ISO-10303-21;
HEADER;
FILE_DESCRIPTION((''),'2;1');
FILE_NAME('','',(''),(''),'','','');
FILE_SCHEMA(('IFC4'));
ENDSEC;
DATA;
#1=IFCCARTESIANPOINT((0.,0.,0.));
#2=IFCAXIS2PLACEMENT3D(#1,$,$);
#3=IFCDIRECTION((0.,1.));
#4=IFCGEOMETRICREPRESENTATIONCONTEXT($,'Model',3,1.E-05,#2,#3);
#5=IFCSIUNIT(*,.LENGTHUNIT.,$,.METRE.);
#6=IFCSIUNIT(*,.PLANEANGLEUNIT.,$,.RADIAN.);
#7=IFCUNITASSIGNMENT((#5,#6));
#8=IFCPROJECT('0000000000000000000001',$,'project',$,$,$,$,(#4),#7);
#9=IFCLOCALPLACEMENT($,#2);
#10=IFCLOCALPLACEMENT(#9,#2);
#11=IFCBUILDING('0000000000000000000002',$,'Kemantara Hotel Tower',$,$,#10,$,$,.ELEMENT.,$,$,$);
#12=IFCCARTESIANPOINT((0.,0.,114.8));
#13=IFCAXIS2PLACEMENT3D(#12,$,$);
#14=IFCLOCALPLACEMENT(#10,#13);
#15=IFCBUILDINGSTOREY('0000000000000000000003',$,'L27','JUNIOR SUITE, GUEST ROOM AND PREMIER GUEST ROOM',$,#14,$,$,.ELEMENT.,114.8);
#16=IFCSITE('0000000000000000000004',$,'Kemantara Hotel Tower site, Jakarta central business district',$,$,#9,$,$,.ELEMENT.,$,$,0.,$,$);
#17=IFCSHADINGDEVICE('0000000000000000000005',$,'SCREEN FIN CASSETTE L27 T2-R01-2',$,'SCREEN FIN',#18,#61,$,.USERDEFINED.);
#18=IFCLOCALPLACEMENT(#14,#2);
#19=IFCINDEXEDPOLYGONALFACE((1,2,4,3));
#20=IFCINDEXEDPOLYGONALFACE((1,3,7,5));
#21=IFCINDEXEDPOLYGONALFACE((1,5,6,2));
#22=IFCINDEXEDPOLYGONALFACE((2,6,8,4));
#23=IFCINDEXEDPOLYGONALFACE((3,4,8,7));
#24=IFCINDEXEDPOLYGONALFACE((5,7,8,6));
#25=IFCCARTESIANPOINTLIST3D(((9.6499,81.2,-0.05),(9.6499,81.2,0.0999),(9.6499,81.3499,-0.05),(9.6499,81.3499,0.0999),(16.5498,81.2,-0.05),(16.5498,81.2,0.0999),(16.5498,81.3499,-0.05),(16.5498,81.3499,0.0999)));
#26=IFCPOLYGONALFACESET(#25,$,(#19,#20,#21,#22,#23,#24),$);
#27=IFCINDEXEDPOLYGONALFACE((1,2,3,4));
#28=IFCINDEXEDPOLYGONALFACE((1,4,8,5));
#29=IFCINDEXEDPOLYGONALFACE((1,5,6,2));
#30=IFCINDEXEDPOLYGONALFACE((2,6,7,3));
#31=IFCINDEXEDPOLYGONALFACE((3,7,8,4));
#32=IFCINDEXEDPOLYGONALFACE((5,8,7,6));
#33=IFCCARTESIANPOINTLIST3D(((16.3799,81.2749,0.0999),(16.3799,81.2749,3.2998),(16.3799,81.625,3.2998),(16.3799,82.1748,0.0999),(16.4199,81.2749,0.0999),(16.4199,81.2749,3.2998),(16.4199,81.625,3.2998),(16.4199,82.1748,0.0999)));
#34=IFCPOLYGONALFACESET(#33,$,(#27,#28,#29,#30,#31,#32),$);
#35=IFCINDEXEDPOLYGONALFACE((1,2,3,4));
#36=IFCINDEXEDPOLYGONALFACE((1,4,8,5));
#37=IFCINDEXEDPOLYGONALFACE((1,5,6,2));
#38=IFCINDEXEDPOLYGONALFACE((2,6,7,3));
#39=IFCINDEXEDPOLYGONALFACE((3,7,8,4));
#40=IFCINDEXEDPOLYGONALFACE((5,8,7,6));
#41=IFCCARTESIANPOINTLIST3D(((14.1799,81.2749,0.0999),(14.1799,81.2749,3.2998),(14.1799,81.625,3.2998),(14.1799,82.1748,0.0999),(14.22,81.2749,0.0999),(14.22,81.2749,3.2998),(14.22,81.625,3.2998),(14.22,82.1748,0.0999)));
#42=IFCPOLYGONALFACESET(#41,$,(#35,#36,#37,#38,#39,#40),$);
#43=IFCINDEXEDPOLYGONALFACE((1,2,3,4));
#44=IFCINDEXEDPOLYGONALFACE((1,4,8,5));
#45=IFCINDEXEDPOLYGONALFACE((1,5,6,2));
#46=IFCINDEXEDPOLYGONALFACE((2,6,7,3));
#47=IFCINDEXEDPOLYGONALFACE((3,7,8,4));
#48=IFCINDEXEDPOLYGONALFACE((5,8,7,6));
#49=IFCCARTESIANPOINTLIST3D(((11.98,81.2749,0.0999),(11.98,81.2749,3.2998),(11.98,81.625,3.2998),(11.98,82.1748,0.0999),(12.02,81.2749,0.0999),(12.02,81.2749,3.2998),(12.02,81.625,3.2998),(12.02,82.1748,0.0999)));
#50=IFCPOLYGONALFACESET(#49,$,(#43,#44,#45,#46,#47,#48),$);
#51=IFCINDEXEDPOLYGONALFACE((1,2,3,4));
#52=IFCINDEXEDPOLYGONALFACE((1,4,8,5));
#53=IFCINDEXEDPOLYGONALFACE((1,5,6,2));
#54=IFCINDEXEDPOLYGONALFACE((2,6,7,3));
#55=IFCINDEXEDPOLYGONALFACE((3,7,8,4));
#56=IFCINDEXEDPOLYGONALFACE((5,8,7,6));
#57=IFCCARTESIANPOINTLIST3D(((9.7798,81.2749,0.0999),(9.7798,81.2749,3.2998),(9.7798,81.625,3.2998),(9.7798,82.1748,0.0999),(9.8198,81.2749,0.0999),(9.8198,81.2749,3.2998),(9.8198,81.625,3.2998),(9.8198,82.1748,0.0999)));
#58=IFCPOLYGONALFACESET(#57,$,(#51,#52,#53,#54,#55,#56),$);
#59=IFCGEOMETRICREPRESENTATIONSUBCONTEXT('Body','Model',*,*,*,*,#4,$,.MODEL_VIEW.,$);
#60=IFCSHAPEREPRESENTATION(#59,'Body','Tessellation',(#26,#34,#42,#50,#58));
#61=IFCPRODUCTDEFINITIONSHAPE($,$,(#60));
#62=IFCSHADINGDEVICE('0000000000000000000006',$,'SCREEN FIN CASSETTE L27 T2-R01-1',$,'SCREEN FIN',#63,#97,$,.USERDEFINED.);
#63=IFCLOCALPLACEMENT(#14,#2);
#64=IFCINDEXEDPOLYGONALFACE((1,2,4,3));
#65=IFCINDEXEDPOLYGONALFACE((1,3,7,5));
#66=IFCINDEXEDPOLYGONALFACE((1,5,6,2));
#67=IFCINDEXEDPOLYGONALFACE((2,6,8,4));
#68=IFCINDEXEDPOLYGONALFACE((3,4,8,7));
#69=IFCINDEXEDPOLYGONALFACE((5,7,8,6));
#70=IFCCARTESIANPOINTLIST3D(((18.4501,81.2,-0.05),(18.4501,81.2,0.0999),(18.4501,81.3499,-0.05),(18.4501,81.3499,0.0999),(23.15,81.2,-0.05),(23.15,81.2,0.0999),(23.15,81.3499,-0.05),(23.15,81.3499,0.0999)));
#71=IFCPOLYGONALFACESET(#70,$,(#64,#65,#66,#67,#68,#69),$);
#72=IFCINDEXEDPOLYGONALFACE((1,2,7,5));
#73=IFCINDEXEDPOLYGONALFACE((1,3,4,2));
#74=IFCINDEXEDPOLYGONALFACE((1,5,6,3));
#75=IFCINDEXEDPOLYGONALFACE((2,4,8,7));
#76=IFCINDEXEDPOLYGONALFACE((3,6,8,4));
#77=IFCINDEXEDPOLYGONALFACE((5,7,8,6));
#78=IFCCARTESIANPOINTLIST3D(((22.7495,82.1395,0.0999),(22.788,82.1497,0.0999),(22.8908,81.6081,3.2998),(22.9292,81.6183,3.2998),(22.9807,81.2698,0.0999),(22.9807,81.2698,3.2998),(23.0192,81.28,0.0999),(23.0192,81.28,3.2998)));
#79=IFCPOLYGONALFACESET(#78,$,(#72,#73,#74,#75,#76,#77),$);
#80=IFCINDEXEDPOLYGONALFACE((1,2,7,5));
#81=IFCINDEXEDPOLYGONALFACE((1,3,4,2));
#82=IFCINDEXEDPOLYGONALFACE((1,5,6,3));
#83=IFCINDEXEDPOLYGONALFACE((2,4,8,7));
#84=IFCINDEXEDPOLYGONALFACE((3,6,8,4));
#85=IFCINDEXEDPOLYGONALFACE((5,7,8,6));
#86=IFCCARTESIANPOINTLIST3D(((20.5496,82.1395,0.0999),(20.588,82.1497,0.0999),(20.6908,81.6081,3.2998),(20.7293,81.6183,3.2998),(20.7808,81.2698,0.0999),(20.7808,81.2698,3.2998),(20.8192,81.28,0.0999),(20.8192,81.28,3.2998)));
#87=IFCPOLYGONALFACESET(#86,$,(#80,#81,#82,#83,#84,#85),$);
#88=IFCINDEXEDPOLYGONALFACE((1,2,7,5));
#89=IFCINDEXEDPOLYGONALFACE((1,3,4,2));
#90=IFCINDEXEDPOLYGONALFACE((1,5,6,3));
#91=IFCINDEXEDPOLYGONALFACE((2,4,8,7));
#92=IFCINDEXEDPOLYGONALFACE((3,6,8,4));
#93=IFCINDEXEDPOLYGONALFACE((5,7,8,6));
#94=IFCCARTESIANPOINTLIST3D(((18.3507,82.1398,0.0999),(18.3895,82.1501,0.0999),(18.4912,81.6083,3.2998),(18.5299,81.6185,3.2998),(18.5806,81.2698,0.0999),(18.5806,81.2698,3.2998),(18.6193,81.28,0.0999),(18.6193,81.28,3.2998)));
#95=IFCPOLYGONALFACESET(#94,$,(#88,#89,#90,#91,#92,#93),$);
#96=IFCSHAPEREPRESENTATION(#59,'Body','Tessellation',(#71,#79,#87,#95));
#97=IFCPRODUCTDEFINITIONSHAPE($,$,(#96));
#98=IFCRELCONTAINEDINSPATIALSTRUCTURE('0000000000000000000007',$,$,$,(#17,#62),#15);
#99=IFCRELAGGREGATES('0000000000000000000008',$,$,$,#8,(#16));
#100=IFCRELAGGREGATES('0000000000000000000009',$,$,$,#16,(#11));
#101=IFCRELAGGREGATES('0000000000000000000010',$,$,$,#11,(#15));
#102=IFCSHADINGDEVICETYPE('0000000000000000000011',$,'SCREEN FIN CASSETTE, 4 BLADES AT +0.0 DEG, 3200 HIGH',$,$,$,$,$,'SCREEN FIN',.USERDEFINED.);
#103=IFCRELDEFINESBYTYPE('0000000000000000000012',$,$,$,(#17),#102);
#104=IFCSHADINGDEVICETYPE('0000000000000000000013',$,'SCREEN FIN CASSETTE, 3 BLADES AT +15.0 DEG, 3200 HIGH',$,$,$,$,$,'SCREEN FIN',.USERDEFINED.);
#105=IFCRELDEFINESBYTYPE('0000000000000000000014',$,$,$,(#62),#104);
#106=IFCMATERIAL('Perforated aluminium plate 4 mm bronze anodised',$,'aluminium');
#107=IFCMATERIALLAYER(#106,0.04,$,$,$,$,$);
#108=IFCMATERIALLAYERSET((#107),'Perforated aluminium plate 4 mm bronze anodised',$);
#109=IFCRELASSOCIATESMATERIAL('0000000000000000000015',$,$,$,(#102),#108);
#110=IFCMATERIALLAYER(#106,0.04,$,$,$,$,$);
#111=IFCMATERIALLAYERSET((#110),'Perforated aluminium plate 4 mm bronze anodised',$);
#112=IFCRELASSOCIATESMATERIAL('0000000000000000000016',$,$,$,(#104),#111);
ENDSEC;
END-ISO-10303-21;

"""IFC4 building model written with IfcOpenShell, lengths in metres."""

from ifc_helpers import new_model, si_unit, direction, frame, origin, origin_2d, place, context, subcontext, project, spatial, polyline, rectangle, outline, extrude, source, transform, mapped, material, layer, layer_set, type_object, element, save


model = new_model("IFC4")

# Units and contexts
model_context = context("Model", 3, precision=1e-05, world=origin(), true_north=direction((0.0, 1.0)))
body_context = subcontext(model_context, "Body", "Model", "MODEL_VIEW")
ifc_project = project(units=[si_unit("LENGTHUNIT", "METRE"), si_unit("PLANEANGLEUNIT", "RADIAN")], contexts=[model_context])

# Site, building, storey
site_placement = place(None, origin())
site = spatial("IfcSite", under=ifc_project, at=site_placement, Name="Kemantara Hotel Tower site, Jakarta central business district", CompositionType="ELEMENT", RefElevation=0.0)
building_placement = place(site_placement, origin())
building = spatial("IfcBuilding", under=site, at=building_placement, Name="Kemantara Hotel Tower", CompositionType="ELEMENT")
storey_placement = place(building_placement, frame((0.0, 0.0, 114.8)))
storey = spatial("IfcBuildingStorey", under=building, at=storey_placement, Name="L27", Description="JUNIOR SUITE, GUEST ROOM AND PREMIER GUEST ROOM", CompositionType="ELEMENT", Elevation=114.8)

# Shading devices
ifc_material_1 = material(Name="Perforated aluminium plate 4 mm bronze anodised", Category="aluminium")
ifc_layer_1 = layer(ifc_material_1, 0.04)
ifc_layer_set_1 = layer_set([ifc_layer_1], Name="Perforated aluminium plate 4 mm bronze anodised")
shading_device_type_1 = type_object("IfcShadingDeviceType", Name="SCREEN FIN CASSETTE, 4 BLADES AT +0.0 DEG, 3200 HIGH", ElementType="SCREEN FIN", PredefinedType="USERDEFINED", material=ifc_layer_set_1)
shared_shape_1 = source(origin(), body_context, "Body", "SweptSolid", [
    extrude(rectangle(XDim=6.8999, YDim=0.1499, at=origin_2d()), frame((3.3, -0.075, -0.1499), z_axis=(0.0, 0.0, 1.0), x_axis=(1.0, 0.0, 0.0)), (0.0, 0.0, 1.0), 0.1499),
    extrude(outline(polyline([(0.0, 0.0), (0.8999, 0.0), (0.3501, 3.2), (0.0, 3.2), (0.0, 0.0)])), frame((0.02, -0.075, 0.0), z_axis=(-1.0, 0.0, 0.0), x_axis=(0.0, -1.0, 0.0)), (0.0, 0.0, 1.0), 0.04),
    extrude(outline(polyline([(0.0, 0.0), (0.8999, 0.0), (0.3501, 3.2), (0.0, 3.2), (0.0, 0.0)])), frame((2.22, -0.075, 0.0), z_axis=(-1.0, 0.0, 0.0), x_axis=(0.0, -1.0, 0.0)), (0.0, 0.0, 1.0), 0.04),
    extrude(outline(polyline([(0.0, 0.0), (0.8999, 0.0), (0.3501, 3.2), (0.0, 3.2), (0.0, 0.0)])), frame((4.4199, -0.075, 0.0), z_axis=(-1.0, 0.0, 0.0), x_axis=(0.0, -1.0, 0.0)), (0.0, 0.0, 1.0), 0.04),
    extrude(outline(polyline([(0.0, 0.0), (0.8999, 0.0), (0.3501, 3.2), (0.0, 3.2), (0.0, 0.0)])), frame((6.6201, -0.075, 0.0), z_axis=(-1.0, 0.0, 0.0), x_axis=(0.0, -1.0, 0.0)), (0.0, 0.0, 1.0), 0.04),
])
shading_device_1_placement = place(storey_placement, frame((16.3999, 81.2, 0.0999), z_axis=(0.0, 0.0, 1.0), x_axis=(-1.0, 0.0, 0.0)))
element("IfcShadingDevice", 1, at=shading_device_1_placement, inside=storey, type_object=shading_device_type_1, Name="SCREEN FIN CASSETTE L27 T2-R01-2", ObjectType="SCREEN FIN", PredefinedType="USERDEFINED", context=body_context, shape_type="MappedRepresentation", body=[
    mapped(shared_shape_1, transform((0.0, 0.0, 0.0))),
])
ifc_layer_2 = layer(ifc_material_1, 0.04)
ifc_layer_set_2 = layer_set([ifc_layer_2], Name="Perforated aluminium plate 4 mm bronze anodised")
shading_device_type_2 = type_object("IfcShadingDeviceType", Name="SCREEN FIN CASSETTE, 3 BLADES AT +15.0 DEG, 3200 HIGH", ElementType="SCREEN FIN", PredefinedType="USERDEFINED", material=ifc_layer_set_2)
shared_shape_2 = source(origin(), body_context, "Body", "SweptSolid", [
    extrude(rectangle(XDim=4.7, YDim=0.1499, at=origin_2d()), frame((2.2, -0.075, -0.1499), z_axis=(0.0, 0.0, 1.0), x_axis=(1.0, 0.0, 0.0)), (0.0, 0.0, 1.0), 0.1499),
    extrude(outline(polyline([(0.0, 0.0), (0.8999, 0.0), (0.3501, 3.2), (0.0, 3.2), (0.0, 0.0)])), frame((0.0193, -0.0698, 0.0), z_axis=(-0.966438, -0.256901, 0.0), x_axis=(0.256901, -0.966438, 0.0)), (0.0, 0.0, 1.0), 0.0398),
    extrude(outline(polyline([(0.0, 0.0), (0.8999, 0.0), (0.3501, 3.2), (0.0, 3.2), (0.0, 0.0)])), frame((2.2192, -0.0698, 0.0), z_axis=(-0.966438, -0.256901, 0.0), x_axis=(0.256901, -0.966438, 0.0)), (0.0, 0.0, 1.0), 0.0398),
    extrude(outline(polyline([(0.0, 0.0), (0.8999, 0.0), (0.3501, 3.2), (0.0, 3.2), (0.0, 0.0)])), frame((4.4194, -0.0698, 0.0), z_axis=(-0.966838, -0.255391, 0.0), x_axis=(0.255391, -0.966838, 0.0)), (0.0, 0.0, 1.0), 0.04),
])
shading_device_2_placement = place(storey_placement, frame((23.0, 81.2, 0.0999), z_axis=(0.0, 0.0, 1.0), x_axis=(-1.0, 0.0, 0.0)))
element("IfcShadingDevice", 2, at=shading_device_2_placement, inside=storey, type_object=shading_device_type_2, Name="SCREEN FIN CASSETTE L27 T2-R01-1", ObjectType="SCREEN FIN", PredefinedType="USERDEFINED", context=body_context, shape_type="MappedRepresentation", body=[
    mapped(shared_shape_2, transform((0.0, 0.0, 0.0))),
])

save(model, "model.ifc")
